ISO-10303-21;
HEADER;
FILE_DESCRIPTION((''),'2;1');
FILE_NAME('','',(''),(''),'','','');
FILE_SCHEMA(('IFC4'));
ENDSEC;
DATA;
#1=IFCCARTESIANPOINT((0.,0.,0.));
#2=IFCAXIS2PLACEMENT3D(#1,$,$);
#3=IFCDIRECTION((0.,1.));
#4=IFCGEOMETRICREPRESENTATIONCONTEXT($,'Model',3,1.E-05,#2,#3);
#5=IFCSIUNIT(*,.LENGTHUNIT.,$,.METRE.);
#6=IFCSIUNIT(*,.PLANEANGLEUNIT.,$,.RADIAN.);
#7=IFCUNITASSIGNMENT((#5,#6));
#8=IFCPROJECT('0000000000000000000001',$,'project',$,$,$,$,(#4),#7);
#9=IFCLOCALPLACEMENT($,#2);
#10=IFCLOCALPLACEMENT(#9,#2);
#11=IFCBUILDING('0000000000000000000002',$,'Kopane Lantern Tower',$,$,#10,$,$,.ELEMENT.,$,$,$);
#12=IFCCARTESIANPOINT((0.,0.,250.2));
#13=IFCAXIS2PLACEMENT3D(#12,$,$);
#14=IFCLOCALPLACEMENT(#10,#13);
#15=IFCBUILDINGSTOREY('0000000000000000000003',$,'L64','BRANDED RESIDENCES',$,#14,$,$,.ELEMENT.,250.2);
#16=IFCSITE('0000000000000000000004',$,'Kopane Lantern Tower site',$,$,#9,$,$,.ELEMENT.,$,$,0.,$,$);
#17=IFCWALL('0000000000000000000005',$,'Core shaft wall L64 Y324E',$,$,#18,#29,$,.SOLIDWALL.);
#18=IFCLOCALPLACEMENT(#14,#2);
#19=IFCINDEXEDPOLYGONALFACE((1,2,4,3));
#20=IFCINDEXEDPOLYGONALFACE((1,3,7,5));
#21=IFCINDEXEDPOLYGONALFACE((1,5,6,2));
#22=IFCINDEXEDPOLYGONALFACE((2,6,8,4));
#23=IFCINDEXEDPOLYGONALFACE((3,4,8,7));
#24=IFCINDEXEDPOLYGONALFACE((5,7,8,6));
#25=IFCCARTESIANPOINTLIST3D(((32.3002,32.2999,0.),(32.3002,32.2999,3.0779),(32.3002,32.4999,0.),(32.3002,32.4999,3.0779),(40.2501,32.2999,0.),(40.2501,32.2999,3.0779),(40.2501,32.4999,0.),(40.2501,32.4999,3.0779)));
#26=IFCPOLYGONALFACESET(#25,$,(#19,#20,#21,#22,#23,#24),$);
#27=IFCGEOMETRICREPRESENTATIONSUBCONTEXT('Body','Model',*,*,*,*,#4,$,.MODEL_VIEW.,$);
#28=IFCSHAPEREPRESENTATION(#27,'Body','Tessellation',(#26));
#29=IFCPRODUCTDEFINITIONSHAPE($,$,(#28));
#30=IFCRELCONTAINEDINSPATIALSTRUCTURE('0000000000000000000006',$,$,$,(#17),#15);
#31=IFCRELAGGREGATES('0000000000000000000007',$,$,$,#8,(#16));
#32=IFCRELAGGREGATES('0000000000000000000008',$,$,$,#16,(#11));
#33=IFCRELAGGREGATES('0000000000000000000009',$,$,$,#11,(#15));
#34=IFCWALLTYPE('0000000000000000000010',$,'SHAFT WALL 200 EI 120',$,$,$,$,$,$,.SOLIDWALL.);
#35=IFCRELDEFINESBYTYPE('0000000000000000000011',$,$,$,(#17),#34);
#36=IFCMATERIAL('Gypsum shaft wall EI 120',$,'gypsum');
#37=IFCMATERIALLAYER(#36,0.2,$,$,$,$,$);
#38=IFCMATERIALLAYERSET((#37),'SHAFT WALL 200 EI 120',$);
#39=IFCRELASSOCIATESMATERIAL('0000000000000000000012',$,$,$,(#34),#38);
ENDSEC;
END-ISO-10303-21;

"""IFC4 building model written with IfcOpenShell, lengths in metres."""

from ifc_helpers import new_model, si_unit, direction, frame, frame_2d, origin, place, context, subcontext, project, spatial, rectangle, extrude, material, layer, layer_set, type_object, element, save


model = new_model("IFC4")

# Units and contexts
model_context = context("Model", 3, precision=1e-05, world=origin(), true_north=direction((0.0, 1.0)))
body_context = subcontext(model_context, "Body", "Model", "MODEL_VIEW")
ifc_project = project(units=[si_unit("LENGTHUNIT", "METRE"), si_unit("PLANEANGLEUNIT", "RADIAN")], contexts=[model_context])

# Site, building, storey
site_placement = place(None, origin())
site = spatial("IfcSite", under=ifc_project, at=site_placement, Name="Kopane Lantern Tower site", CompositionType="ELEMENT", RefElevation=0.0)
building_placement = place(site_placement, origin())
building = spatial("IfcBuilding", under=site, at=building_placement, Name="Kopane Lantern Tower", CompositionType="ELEMENT")
storey_placement = place(building_placement, frame((0.0, 0.0, 250.2)))
storey = spatial("IfcBuildingStorey", under=building, at=storey_placement, Name="L64", Description="BRANDED RESIDENCES", CompositionType="ELEMENT", Elevation=250.2)

# Shared definitions
ifc_material_1 = material(Name="Gypsum shaft wall EI 120", Category="gypsum")
ifc_layer_1 = layer(ifc_material_1, 0.2)
ifc_layer_set_1 = layer_set([ifc_layer_1], Name="SHAFT WALL 200 EI 120")
wall_type_1 = type_object("IfcWallType", Name="SHAFT WALL 200 EI 120", PredefinedType="SOLIDWALL", material=ifc_layer_set_1)

# Wall
wall_1_placement = place(storey_placement, frame((32.3, 32.3999, 0.0), z_axis=(0.0, 0.0, 1.0), x_axis=(1.0, 0.0, 0.0)))
element("IfcWall", 1, at=wall_1_placement, inside=storey, type_object=wall_type_1, Name="Core shaft wall L64 Y324E", PredefinedType="SOLIDWALL", context=body_context, shape_type="SweptSolid", body=[
    extrude(rectangle(XDim=7.95, YDim=0.2, at=frame_2d((3.9751, 0.0))), origin(), (0.0, 0.0, 1.0), 3.0779),
])

save(model, "model.ifc")
